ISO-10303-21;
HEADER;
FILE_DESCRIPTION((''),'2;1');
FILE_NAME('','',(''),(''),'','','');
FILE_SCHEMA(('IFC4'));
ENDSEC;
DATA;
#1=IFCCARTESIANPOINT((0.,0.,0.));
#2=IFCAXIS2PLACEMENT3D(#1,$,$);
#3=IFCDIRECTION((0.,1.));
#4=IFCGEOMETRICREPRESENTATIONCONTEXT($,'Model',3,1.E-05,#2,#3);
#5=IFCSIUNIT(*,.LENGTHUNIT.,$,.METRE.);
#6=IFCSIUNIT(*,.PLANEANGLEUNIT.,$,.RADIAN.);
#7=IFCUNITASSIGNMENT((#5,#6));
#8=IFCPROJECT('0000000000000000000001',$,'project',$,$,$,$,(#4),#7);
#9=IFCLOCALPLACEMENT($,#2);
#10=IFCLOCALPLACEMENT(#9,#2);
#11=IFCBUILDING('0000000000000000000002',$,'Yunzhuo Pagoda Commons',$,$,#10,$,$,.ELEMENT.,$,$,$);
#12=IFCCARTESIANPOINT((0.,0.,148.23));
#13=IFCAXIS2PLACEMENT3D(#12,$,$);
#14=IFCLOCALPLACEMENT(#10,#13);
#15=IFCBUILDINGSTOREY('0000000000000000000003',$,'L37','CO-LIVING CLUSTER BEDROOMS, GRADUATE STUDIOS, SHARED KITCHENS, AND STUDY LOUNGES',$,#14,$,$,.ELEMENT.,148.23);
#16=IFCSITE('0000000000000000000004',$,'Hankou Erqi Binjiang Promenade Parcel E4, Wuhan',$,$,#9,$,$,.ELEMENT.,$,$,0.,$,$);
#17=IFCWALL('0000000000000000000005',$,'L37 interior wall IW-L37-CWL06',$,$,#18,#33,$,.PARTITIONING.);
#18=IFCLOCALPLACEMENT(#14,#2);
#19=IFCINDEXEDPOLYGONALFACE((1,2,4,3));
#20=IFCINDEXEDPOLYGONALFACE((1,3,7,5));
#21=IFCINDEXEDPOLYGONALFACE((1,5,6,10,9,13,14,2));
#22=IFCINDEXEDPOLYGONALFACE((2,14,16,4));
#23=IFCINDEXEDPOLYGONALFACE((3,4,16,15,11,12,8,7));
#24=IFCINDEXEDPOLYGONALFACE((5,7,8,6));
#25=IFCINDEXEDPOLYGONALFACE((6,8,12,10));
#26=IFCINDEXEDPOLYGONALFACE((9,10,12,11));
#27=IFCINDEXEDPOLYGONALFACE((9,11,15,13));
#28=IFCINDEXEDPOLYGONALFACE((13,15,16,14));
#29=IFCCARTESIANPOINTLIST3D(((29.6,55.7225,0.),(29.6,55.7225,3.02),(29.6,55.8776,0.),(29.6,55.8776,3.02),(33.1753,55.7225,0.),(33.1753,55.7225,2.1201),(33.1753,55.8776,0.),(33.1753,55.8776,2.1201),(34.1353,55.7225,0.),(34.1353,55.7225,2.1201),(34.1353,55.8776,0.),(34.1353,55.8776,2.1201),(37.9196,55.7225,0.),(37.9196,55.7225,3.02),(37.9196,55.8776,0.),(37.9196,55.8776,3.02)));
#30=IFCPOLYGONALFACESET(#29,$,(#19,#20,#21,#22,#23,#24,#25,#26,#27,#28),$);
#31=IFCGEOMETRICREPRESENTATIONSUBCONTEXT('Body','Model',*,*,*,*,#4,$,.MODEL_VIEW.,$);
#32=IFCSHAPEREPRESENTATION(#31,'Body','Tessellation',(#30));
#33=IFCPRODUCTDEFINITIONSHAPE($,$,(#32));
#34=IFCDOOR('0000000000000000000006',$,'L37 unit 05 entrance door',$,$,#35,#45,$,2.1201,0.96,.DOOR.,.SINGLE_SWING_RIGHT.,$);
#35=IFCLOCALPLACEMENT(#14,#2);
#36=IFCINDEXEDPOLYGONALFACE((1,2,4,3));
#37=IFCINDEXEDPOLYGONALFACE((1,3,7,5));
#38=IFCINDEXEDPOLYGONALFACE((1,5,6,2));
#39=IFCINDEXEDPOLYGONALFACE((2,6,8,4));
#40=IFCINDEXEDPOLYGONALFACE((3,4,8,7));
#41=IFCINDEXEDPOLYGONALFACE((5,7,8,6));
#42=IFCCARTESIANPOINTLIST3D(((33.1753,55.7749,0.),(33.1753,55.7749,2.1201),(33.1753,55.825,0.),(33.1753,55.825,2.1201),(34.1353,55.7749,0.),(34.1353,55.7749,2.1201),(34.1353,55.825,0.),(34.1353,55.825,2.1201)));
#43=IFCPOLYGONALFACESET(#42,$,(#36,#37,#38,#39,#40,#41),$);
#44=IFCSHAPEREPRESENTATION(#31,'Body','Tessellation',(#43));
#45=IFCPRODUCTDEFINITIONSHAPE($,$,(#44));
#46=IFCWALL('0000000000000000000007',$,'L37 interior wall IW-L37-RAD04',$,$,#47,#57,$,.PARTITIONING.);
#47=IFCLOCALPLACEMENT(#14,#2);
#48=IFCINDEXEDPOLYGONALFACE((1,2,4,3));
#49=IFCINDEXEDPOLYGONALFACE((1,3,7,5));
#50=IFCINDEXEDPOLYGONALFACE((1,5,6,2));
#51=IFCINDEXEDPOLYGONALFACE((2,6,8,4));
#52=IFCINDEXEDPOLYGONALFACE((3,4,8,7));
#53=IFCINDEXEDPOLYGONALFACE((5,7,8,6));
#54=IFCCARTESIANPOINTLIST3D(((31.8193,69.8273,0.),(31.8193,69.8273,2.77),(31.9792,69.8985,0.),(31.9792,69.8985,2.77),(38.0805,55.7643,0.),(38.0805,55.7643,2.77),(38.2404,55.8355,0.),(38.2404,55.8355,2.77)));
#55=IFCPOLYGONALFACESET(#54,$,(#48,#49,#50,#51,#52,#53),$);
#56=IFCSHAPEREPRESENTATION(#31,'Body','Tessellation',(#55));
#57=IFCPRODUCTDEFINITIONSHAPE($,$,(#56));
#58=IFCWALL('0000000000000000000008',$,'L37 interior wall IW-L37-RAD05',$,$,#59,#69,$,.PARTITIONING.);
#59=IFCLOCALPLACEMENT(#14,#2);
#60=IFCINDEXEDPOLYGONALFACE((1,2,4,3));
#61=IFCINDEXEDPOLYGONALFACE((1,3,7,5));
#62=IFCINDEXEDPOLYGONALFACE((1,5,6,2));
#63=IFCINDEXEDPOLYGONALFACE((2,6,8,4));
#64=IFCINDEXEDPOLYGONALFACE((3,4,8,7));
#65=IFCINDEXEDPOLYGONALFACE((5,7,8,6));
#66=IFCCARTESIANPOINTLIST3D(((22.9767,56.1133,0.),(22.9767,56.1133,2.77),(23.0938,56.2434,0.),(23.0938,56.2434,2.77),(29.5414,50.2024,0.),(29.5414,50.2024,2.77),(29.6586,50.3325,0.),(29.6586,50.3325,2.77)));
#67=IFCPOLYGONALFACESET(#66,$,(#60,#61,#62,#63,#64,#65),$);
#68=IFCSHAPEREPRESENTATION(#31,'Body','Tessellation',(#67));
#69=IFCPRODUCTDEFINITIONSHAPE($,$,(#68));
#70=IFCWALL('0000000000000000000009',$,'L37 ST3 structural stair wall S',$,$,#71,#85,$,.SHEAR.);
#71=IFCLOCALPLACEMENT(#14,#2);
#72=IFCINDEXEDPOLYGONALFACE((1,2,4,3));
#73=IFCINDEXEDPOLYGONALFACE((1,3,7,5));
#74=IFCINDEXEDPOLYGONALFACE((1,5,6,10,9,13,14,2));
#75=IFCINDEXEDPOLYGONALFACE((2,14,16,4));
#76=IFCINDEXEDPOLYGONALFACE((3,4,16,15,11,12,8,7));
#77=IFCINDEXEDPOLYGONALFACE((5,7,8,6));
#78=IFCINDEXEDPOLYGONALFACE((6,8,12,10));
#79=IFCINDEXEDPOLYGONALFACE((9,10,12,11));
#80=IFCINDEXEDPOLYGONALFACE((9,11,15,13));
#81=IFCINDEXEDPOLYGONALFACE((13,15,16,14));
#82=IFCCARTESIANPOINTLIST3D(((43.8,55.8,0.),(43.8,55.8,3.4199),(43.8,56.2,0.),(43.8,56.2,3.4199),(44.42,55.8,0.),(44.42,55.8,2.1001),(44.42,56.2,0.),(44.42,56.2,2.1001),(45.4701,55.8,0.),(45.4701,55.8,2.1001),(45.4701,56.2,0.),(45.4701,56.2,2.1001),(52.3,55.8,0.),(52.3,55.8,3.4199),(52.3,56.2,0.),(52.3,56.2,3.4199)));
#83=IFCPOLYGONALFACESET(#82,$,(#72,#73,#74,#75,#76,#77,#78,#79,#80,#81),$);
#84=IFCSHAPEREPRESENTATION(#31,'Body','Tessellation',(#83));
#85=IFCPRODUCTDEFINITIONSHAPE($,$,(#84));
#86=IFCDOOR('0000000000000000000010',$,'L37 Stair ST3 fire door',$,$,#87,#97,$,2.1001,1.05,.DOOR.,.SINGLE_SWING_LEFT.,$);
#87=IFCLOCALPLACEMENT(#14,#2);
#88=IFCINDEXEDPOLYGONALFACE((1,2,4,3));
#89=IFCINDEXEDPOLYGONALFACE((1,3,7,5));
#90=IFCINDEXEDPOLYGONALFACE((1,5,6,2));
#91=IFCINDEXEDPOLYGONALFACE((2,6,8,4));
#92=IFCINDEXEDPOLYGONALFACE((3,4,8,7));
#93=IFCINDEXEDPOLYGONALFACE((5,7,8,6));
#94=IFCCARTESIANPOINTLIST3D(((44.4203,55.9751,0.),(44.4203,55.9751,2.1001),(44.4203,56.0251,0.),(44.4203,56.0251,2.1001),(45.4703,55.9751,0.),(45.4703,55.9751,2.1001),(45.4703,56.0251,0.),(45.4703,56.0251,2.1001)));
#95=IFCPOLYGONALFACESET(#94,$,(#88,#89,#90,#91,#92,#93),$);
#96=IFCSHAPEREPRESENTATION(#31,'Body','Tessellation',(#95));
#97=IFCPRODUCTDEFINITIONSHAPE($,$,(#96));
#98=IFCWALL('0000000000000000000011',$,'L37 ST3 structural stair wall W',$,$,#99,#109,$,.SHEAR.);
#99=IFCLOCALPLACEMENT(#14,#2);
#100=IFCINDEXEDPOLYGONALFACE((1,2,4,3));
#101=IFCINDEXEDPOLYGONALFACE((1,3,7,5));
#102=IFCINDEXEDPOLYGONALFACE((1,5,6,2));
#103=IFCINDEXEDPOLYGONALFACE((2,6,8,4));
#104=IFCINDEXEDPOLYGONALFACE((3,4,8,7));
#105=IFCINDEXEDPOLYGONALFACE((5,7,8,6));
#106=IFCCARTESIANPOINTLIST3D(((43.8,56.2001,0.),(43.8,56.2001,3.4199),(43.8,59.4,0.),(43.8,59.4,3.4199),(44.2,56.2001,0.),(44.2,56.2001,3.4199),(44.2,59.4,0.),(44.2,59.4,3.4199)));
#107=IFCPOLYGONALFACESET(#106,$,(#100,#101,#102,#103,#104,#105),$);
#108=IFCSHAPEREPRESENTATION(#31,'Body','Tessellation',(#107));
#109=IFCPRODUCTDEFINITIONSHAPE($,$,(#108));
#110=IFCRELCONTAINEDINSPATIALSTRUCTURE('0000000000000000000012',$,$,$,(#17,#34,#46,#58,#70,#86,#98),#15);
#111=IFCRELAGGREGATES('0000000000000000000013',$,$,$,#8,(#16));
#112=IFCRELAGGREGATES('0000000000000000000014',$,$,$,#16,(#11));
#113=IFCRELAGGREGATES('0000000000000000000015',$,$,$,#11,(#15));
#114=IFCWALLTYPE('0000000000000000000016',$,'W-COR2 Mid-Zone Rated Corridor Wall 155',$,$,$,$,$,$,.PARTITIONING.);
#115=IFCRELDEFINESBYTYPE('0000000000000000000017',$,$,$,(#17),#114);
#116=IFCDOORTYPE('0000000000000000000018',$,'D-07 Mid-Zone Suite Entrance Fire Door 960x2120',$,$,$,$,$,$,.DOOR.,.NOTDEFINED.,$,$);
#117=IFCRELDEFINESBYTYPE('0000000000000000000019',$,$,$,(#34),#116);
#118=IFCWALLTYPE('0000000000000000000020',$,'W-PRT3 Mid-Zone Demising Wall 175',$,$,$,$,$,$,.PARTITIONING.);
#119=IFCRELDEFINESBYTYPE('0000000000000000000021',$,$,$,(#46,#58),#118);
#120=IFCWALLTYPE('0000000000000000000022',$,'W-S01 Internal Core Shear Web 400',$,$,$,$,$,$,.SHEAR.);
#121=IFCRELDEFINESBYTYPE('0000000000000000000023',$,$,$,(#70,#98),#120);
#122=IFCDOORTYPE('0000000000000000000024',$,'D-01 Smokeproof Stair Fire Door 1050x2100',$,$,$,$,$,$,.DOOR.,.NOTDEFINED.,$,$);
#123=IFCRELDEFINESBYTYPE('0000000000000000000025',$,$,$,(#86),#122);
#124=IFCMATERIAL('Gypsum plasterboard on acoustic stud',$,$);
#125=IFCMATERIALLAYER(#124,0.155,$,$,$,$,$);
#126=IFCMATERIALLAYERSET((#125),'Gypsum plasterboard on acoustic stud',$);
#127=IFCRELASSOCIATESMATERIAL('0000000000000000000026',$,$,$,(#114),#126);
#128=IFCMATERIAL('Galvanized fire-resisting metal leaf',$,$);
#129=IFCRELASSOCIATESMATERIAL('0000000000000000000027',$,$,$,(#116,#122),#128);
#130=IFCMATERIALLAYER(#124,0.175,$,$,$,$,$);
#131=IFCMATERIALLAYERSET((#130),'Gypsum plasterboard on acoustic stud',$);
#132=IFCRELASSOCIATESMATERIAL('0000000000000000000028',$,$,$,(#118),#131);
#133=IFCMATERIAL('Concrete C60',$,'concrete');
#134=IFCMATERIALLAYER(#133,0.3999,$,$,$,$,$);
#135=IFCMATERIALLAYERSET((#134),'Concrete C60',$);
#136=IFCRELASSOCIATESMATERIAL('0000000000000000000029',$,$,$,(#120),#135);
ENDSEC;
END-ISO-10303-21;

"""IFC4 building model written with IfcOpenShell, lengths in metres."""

from ifc_helpers import new_model, si_unit, direction, frame, frame_2d, origin, origin_with_axes, place, context, subcontext, project, spatial, rectangle, extrude, source, transform, mapped, material, layer, layer_set, type_object, element, fill, save


model = new_model("IFC4")

# Units and contexts
model_context = context("Model", 3, precision=1e-05, world=origin(), true_north=direction((0.0, 1.0)))
body_context = subcontext(model_context, "Body", "Model", "MODEL_VIEW")
ifc_project = project(units=[si_unit("LENGTHUNIT", "METRE"), si_unit("PLANEANGLEUNIT", "RADIAN")], contexts=[model_context])

# Site, building, storey
site_placement = place(None, origin())
site = spatial("IfcSite", under=ifc_project, at=site_placement, Name="Hankou Erqi Binjiang Promenade Parcel E4, Wuhan", CompositionType="ELEMENT", RefElevation=0.0)
building_placement = place(site_placement, origin())
building = spatial("IfcBuilding", under=site, at=building_placement, Name="Yunzhuo Pagoda Commons", CompositionType="ELEMENT")
storey_placement = place(building_placement, frame((0.0, 0.0, 148.23)))
storey = spatial("IfcBuildingStorey", under=building, at=storey_placement, Name="L37", Description="CO-LIVING CLUSTER BEDROOMS, GRADUATE STUDIOS, SHARED KITCHENS, AND STUDY LOUNGES", CompositionType="ELEMENT", Elevation=148.23)

# Shared definitions
ifc_material_1 = material(Name="Gypsum plasterboard on acoustic stud")
ifc_layer_1 = layer(ifc_material_1, 0.155)
ifc_layer_set_1 = layer_set([ifc_layer_1], Name="Gypsum plasterboard on acoustic stud")
wall_type_1 = type_object("IfcWallType", Name="W-COR2 Mid-Zone Rated Corridor Wall 155", PredefinedType="PARTITIONING", material=ifc_layer_set_1)

# Wall, opening, door
wall_1_placement = place(storey_placement, frame((29.6001, 55.8, 0.0), z_axis=(0.0, 0.0, 1.0), x_axis=(1.0, 0.0, 0.0)))
wall_1 = element("IfcWall", 1, at=wall_1_placement, inside=storey, type_object=wall_type_1, Name="L37 interior wall IW-L37-CWL06", PredefinedType="PARTITIONING", context=body_context, shape_type="SweptSolid", body=[
    extrude(rectangle(XDim=8.3196, YDim=0.155, at=frame_2d((4.1597, 0.0))), origin(), (0.0, 0.0, 1.0), 3.02),
])
opening_1_placement = place(wall_1_placement, frame((3.5752, 0.0, 0.0)))
opening_1 = element("IfcOpeningElement", 2, at=opening_1_placement, cuts=wall_1, PredefinedType="OPENING", context=body_context, shape_type="SweptSolid", body=[
    extrude(rectangle(XDim=0.96, YDim=2.1201, at=frame_2d((0.48, 1.0601))), frame((0.0, 0.0874, 0.0), z_axis=(0.0, -1.0, 0.0), x_axis=(1.0, 0.0, 0.0)), (0.0, 0.0, 1.0), 0.175),
])
ifc_material_2 = material(Name="Galvanized fire-resisting metal leaf")
door_type_1 = type_object("IfcDoorType", Name="D-07 Mid-Zone Suite Entrance Fire Door 960x2120", OperationType="NOTDEFINED", PredefinedType="DOOR", material=ifc_material_2)
shared_shape_1 = source(origin(), body_context, "Body", "SweptSolid", [
    extrude(rectangle(XDim=0.96, YDim=2.1201, at=frame_2d((0.48, 1.0601))), frame((0.0, 0.0249, 0.0), z_axis=(0.0, -1.0, 0.0), x_axis=(1.0, 0.0, 0.0)), (0.0, 0.0, 1.0), 0.05),
])
door_1_placement = place(opening_1_placement, origin_with_axes())
door_1 = element("IfcDoor", 3, at=door_1_placement, inside=storey, type_object=door_type_1, Name="L37 unit 05 entrance door", OperationType="SINGLE_SWING_RIGHT", OverallHeight=2.1201, OverallWidth=0.96, PredefinedType="DOOR", context=body_context, shape_type="MappedRepresentation", body=[
    mapped(shared_shape_1, transform((0.0, 0.0, 0.0), scale=1.0)),
])
fill(opening_1, door_1)

# Walls
ifc_layer_2 = layer(ifc_material_1, 0.175)
ifc_layer_set_2 = layer_set([ifc_layer_2], Name="Gypsum plasterboard on acoustic stud")
wall_type_2 = type_object("IfcWallType", Name="W-PRT3 Mid-Zone Demising Wall 175", PredefinedType="PARTITIONING", material=ifc_layer_set_2)
wall_2_placement = place(storey_placement, frame((38.1604, 55.8, 0.0), z_axis=(0.0, 0.0, 1.0), x_axis=(-0.406736, 0.913546, 0.0)))
element("IfcWall", 4, at=wall_2_placement, inside=storey, type_object=wall_type_2, Name="L37 interior wall IW-L37-RAD04", PredefinedType="PARTITIONING", context=body_context, shape_type="SweptSolid", body=[
    extrude(rectangle(XDim=15.3938, YDim=0.175, at=frame_2d((7.6968, 0.0))), origin(), (0.0, 0.0, 1.0), 2.77),
])
wall_3_placement = place(storey_placement, frame((29.6001, 50.2673, 0.0), z_axis=(0.0, 0.0, 1.0), x_axis=(-0.743144, 0.669131, 0.0)))
element("IfcWall", 5, at=wall_3_placement, inside=storey, type_object=wall_type_2, Name="L37 interior wall IW-L37-RAD05", PredefinedType="PARTITIONING", context=body_context, shape_type="SweptSolid", body=[
    extrude(rectangle(XDim=8.8337, YDim=0.175, at=frame_2d((4.417, 0.0))), origin(), (0.0, 0.0, 1.0), 2.77),
])

# Wall, opening, door
ifc_material_3 = material(Name="Concrete C60", Category="concrete")
ifc_layer_3 = layer(ifc_material_3, 0.3999)
ifc_layer_set_3 = layer_set([ifc_layer_3], Name="Concrete C60")
wall_type_3 = type_object("IfcWallType", Name="W-S01 Internal Core Shear Web 400", PredefinedType="SHEAR", material=ifc_layer_set_3)
wall_4_placement = place(storey_placement, frame((43.8, 56.0, 0.0), z_axis=(0.0, 0.0, 1.0), x_axis=(1.0, 0.0, 0.0)))
wall_4 = element("IfcWall", 6, at=wall_4_placement, inside=storey, type_object=wall_type_3, Name="L37 ST3 structural stair wall S", PredefinedType="SHEAR", context=body_context, shape_type="SweptSolid", body=[
    extrude(rectangle(XDim=8.5, YDim=0.3999, at=frame_2d((4.25, 0.0))), origin(), (0.0, 0.0, 1.0), 3.4199),
])
opening_2_placement = place(wall_4_placement, frame((0.6201, 0.0, 0.0)))
opening_2 = element("IfcOpeningElement", 7, at=opening_2_placement, cuts=wall_4, PredefinedType="OPENING", context=body_context, shape_type="SweptSolid", body=[
    extrude(rectangle(XDim=1.05, YDim=2.1001, at=frame_2d((0.5249, 1.05))), frame((0.0, 0.21, 0.0), z_axis=(0.0, -1.0, 0.0), x_axis=(1.0, 0.0, 0.0)), (0.0, 0.0, 1.0), 0.4199),
])
door_type_2 = type_object("IfcDoorType", Name="D-01 Smokeproof Stair Fire Door 1050x2100", OperationType="NOTDEFINED", PredefinedType="DOOR", material=ifc_material_2)
shared_shape_2 = source(origin(), body_context, "Body", "SweptSolid", [
    extrude(rectangle(XDim=1.05, YDim=2.1001, at=frame_2d((0.5249, 1.05))), frame((0.0, 0.0249, 0.0), z_axis=(0.0, -1.0, 0.0), x_axis=(1.0, 0.0, 0.0)), (0.0, 0.0, 1.0), 0.05),
])
door_2_placement = place(opening_2_placement, frame((1.05, 0.0, 0.0), z_axis=(0.0, 0.0, 1.0), x_axis=(-1.0, 0.0, 0.0)))
door_2 = element("IfcDoor", 8, at=door_2_placement, inside=storey, type_object=door_type_2, Name="L37 Stair ST3 fire door", OperationType="SINGLE_SWING_LEFT", OverallHeight=2.1001, OverallWidth=1.05, PredefinedType="DOOR", context=body_context, shape_type="MappedRepresentation", body=[
    mapped(shared_shape_2, transform((0.0, 0.0, 0.0), scale=1.0)),
])
fill(opening_2, door_2)

# Wall
wall_5_placement = place(storey_placement, frame((44.0, 56.2, 0.0), z_axis=(0.0, 0.0, 1.0), x_axis=(0.0, 1.0, 0.0)))
element("IfcWall", 9, at=wall_5_placement, inside=storey, type_object=wall_type_3, Name="L37 ST3 structural stair wall W", PredefinedType="SHEAR", context=body_context, shape_type="SweptSolid", body=[
    extrude(rectangle(XDim=3.2, YDim=0.3999, at=frame_2d((1.6001, 0.0))), origin(), (0.0, 0.0, 1.0), 3.4199),
])

save(model, "model.ifc")
